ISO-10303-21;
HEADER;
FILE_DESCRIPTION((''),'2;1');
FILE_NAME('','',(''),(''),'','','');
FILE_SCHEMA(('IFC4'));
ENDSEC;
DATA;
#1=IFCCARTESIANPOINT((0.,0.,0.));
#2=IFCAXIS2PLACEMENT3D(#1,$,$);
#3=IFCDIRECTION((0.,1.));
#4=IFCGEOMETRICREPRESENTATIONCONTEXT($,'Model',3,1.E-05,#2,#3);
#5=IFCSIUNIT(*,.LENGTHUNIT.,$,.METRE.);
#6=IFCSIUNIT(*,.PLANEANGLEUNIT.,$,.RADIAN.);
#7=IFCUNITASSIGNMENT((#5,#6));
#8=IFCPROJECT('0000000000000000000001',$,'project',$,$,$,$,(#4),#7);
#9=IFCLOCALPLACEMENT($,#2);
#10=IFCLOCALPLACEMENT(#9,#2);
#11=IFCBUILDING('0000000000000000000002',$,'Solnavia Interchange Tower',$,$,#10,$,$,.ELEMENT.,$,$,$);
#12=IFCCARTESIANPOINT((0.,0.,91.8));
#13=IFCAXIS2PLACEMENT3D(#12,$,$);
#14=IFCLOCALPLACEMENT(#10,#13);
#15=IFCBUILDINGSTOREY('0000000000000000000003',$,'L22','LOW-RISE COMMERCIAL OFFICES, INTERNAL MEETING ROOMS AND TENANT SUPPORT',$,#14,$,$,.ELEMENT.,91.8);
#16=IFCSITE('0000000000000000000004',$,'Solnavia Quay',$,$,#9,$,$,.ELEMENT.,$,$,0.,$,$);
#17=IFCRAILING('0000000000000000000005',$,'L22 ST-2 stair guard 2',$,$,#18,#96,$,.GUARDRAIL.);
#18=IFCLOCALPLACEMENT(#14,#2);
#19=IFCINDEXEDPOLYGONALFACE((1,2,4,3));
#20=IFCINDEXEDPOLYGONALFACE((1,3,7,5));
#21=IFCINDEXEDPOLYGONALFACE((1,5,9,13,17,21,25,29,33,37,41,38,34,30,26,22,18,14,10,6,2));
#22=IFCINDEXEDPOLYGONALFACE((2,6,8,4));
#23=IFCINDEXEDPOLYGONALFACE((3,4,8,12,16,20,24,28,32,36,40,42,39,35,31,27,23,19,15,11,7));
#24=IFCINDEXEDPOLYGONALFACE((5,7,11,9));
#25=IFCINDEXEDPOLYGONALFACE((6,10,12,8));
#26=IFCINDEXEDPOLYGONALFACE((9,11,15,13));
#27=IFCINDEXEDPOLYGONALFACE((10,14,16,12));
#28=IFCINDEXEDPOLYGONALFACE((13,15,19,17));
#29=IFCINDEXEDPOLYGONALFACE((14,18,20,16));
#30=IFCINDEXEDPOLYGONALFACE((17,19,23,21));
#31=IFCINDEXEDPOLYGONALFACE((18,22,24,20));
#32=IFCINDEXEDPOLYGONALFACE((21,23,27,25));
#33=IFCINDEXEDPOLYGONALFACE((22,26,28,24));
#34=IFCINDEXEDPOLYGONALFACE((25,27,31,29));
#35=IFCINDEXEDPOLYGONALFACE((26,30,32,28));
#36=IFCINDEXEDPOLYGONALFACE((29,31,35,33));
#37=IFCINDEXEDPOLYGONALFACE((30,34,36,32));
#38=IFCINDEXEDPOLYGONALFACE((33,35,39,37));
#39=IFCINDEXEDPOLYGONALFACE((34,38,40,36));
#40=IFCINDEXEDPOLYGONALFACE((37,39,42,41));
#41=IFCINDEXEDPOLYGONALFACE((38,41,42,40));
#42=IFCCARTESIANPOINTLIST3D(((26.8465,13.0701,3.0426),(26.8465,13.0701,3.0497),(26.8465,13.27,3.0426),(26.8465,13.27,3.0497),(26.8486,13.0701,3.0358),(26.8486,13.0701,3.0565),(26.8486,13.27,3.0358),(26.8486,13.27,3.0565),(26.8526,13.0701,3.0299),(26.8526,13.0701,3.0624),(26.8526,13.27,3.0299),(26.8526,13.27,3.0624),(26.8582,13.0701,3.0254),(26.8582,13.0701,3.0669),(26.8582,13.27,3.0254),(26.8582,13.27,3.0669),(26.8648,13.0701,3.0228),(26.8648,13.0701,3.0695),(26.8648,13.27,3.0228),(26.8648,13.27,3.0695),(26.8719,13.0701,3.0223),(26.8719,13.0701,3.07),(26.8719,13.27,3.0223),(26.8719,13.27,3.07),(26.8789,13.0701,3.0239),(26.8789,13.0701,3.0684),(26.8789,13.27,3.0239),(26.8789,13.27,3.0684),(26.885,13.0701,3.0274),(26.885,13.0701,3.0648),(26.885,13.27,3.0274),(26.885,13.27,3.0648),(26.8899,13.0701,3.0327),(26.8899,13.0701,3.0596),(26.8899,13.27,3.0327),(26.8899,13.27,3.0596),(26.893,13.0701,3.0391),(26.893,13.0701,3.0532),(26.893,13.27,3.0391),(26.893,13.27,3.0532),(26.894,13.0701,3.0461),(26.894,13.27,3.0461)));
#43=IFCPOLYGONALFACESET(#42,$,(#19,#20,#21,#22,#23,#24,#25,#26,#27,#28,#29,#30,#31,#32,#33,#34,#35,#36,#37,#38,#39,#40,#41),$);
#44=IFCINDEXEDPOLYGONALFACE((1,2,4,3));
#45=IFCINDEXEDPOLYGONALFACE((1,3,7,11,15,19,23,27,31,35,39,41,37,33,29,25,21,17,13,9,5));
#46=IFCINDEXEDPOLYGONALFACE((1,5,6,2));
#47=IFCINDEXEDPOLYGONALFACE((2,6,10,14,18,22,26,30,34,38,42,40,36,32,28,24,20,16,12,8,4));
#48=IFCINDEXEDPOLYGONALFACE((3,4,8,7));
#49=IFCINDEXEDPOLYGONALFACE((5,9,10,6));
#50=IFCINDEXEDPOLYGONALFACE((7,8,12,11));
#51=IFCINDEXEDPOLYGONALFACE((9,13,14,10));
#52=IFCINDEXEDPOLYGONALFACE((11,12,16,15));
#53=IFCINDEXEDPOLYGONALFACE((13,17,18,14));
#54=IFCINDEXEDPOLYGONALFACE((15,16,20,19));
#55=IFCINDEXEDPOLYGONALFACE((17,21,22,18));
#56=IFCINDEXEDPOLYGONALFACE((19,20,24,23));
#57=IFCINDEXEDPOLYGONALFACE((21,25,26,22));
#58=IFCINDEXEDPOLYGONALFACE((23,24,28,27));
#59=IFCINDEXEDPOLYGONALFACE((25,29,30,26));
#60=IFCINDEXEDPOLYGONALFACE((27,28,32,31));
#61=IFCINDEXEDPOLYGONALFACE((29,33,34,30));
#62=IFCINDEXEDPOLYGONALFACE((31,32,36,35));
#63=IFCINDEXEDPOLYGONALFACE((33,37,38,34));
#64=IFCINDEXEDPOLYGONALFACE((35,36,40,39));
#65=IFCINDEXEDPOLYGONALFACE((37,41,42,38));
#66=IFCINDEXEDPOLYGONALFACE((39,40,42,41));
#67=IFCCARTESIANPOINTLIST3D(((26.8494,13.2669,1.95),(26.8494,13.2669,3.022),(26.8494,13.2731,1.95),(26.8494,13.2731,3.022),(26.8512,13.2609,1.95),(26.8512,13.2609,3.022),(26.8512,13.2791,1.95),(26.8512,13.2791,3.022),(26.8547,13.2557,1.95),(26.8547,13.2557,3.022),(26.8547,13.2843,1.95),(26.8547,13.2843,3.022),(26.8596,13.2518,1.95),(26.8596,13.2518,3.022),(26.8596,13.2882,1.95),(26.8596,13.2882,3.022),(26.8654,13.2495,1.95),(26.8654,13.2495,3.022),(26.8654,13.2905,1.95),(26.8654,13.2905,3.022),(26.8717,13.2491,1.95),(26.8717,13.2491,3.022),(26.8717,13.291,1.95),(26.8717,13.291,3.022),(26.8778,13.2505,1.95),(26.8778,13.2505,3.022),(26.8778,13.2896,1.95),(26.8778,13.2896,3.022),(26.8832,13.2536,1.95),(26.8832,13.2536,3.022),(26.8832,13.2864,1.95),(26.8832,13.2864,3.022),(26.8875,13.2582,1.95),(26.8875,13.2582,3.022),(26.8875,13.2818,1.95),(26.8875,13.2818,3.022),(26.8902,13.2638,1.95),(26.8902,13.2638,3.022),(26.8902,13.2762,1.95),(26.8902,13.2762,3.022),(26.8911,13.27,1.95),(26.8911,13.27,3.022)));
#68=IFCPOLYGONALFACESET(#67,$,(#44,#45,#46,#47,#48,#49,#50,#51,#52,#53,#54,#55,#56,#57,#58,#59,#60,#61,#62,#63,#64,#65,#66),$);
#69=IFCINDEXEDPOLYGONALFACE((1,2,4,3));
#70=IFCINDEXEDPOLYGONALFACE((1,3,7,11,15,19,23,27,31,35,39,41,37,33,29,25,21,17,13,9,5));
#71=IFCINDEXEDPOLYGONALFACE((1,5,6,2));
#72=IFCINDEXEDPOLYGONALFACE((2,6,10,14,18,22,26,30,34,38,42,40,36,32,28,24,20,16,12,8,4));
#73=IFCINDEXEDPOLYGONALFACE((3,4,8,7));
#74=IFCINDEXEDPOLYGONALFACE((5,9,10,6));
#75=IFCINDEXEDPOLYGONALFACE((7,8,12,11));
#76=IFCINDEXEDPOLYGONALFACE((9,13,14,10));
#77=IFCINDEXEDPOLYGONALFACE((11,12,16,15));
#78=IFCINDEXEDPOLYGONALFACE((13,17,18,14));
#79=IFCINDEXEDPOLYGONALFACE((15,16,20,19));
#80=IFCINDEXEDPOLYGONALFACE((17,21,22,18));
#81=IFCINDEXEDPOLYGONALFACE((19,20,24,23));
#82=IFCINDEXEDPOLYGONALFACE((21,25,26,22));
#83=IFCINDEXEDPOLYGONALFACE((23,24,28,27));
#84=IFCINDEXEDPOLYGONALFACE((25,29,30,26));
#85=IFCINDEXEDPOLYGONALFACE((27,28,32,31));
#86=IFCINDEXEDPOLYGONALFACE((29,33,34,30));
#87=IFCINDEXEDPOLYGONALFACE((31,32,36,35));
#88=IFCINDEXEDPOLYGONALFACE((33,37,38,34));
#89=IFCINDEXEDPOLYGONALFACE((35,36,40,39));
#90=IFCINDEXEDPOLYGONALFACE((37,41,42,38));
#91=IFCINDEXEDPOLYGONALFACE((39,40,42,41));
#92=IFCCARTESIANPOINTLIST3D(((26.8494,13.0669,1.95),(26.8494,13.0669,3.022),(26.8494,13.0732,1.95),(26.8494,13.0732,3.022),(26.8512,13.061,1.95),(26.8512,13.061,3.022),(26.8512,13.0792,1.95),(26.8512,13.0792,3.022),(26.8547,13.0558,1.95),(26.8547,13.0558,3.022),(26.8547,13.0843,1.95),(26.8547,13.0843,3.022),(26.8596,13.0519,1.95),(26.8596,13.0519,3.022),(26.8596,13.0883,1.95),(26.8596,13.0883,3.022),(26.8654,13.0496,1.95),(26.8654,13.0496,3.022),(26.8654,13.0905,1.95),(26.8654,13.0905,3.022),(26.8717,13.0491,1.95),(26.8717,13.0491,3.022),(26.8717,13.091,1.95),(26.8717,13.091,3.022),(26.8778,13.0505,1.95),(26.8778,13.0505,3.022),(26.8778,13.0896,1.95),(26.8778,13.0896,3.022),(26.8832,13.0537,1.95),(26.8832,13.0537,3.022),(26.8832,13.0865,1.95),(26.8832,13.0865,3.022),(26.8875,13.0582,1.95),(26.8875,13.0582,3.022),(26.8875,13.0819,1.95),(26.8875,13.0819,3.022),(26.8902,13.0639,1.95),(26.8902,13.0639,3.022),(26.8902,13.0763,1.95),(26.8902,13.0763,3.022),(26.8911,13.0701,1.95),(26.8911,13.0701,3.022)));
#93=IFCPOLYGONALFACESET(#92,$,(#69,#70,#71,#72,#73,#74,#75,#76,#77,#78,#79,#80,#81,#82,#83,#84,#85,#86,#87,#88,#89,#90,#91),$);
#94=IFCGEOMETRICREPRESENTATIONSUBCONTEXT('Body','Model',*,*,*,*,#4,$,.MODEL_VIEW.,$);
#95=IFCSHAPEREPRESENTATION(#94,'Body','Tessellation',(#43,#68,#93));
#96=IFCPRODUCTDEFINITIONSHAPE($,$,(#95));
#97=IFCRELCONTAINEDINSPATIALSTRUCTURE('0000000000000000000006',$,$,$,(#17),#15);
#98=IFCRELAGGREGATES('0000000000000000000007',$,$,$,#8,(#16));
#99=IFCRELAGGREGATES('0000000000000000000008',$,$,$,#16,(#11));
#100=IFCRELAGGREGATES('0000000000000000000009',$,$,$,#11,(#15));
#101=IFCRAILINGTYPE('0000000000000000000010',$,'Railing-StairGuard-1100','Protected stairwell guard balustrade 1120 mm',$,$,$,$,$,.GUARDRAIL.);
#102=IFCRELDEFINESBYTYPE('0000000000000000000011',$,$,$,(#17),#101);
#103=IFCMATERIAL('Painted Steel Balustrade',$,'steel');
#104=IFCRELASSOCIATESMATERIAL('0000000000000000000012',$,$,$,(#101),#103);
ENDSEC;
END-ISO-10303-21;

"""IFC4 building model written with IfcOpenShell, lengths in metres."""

from ifc_helpers import new_model, si_unit, direction, frame, origin, origin_2d, place, context, subcontext, project, spatial, circle, extrude, material, type_object, element, save


model = new_model("IFC4")

# Units and contexts
model_context = context("Model", 3, precision=1e-05, world=origin(), true_north=direction((0.0, 1.0)))
body_context = subcontext(model_context, "Body", "Model", "MODEL_VIEW")
ifc_project = project(units=[si_unit("LENGTHUNIT", "METRE"), si_unit("PLANEANGLEUNIT", "RADIAN")], contexts=[model_context])

# Site, building, storey
site_placement = place(None, origin())
site = spatial("IfcSite", under=ifc_project, at=site_placement, Name="Solnavia Quay", CompositionType="ELEMENT", RefElevation=0.0)
building_placement = place(site_placement, origin())
building = spatial("IfcBuilding", under=site, at=building_placement, Name="Solnavia Interchange Tower", CompositionType="ELEMENT")
storey_placement = place(building_placement, frame((0.0, 0.0, 91.8)))
storey = spatial("IfcBuildingStorey", under=building, at=storey_placement, Name="L22", Description="LOW-RISE COMMERCIAL OFFICES, INTERNAL MEETING ROOMS AND TENANT SUPPORT", CompositionType="ELEMENT", Elevation=91.8)

# Railing
ifc_material_1 = material(Name="Painted Steel Balustrade", Category="steel")
railing_type_1 = type_object("IfcRailingType", Name="Railing-StairGuard-1100", Description="Protected stairwell guard balustrade 1120 mm", PredefinedType="GUARDRAIL", material=ifc_material_1)
railing_1_placement = place(storey_placement, frame((26.8701, 13.27, 1.95)))
element("IfcRailing", 1, at=railing_1_placement, inside=storey, type_object=railing_type_1, Name="L22 ST-2 stair guard 2", PredefinedType="GUARDRAIL", context=body_context, shape_type="SweptSolid", body=[
    extrude(circle(Radius=0.0239, at=origin_2d()), frame((0.0, 0.0, 1.0962), z_axis=(0.0, -1.0, 0.0), x_axis=(1.0, 0.0, 0.0)), (0.0, 0.0, 1.0), 0.2),
    extrude(circle(Radius=0.021, at=origin_2d()), origin(), (0.0, 0.0, 1.0), 1.072),
    extrude(circle(Radius=0.021, at=origin_2d()), frame((0.0, -0.2, 0.0)), (0.0, 0.0, 1.0), 1.072),
])

save(model, "model.ifc")
